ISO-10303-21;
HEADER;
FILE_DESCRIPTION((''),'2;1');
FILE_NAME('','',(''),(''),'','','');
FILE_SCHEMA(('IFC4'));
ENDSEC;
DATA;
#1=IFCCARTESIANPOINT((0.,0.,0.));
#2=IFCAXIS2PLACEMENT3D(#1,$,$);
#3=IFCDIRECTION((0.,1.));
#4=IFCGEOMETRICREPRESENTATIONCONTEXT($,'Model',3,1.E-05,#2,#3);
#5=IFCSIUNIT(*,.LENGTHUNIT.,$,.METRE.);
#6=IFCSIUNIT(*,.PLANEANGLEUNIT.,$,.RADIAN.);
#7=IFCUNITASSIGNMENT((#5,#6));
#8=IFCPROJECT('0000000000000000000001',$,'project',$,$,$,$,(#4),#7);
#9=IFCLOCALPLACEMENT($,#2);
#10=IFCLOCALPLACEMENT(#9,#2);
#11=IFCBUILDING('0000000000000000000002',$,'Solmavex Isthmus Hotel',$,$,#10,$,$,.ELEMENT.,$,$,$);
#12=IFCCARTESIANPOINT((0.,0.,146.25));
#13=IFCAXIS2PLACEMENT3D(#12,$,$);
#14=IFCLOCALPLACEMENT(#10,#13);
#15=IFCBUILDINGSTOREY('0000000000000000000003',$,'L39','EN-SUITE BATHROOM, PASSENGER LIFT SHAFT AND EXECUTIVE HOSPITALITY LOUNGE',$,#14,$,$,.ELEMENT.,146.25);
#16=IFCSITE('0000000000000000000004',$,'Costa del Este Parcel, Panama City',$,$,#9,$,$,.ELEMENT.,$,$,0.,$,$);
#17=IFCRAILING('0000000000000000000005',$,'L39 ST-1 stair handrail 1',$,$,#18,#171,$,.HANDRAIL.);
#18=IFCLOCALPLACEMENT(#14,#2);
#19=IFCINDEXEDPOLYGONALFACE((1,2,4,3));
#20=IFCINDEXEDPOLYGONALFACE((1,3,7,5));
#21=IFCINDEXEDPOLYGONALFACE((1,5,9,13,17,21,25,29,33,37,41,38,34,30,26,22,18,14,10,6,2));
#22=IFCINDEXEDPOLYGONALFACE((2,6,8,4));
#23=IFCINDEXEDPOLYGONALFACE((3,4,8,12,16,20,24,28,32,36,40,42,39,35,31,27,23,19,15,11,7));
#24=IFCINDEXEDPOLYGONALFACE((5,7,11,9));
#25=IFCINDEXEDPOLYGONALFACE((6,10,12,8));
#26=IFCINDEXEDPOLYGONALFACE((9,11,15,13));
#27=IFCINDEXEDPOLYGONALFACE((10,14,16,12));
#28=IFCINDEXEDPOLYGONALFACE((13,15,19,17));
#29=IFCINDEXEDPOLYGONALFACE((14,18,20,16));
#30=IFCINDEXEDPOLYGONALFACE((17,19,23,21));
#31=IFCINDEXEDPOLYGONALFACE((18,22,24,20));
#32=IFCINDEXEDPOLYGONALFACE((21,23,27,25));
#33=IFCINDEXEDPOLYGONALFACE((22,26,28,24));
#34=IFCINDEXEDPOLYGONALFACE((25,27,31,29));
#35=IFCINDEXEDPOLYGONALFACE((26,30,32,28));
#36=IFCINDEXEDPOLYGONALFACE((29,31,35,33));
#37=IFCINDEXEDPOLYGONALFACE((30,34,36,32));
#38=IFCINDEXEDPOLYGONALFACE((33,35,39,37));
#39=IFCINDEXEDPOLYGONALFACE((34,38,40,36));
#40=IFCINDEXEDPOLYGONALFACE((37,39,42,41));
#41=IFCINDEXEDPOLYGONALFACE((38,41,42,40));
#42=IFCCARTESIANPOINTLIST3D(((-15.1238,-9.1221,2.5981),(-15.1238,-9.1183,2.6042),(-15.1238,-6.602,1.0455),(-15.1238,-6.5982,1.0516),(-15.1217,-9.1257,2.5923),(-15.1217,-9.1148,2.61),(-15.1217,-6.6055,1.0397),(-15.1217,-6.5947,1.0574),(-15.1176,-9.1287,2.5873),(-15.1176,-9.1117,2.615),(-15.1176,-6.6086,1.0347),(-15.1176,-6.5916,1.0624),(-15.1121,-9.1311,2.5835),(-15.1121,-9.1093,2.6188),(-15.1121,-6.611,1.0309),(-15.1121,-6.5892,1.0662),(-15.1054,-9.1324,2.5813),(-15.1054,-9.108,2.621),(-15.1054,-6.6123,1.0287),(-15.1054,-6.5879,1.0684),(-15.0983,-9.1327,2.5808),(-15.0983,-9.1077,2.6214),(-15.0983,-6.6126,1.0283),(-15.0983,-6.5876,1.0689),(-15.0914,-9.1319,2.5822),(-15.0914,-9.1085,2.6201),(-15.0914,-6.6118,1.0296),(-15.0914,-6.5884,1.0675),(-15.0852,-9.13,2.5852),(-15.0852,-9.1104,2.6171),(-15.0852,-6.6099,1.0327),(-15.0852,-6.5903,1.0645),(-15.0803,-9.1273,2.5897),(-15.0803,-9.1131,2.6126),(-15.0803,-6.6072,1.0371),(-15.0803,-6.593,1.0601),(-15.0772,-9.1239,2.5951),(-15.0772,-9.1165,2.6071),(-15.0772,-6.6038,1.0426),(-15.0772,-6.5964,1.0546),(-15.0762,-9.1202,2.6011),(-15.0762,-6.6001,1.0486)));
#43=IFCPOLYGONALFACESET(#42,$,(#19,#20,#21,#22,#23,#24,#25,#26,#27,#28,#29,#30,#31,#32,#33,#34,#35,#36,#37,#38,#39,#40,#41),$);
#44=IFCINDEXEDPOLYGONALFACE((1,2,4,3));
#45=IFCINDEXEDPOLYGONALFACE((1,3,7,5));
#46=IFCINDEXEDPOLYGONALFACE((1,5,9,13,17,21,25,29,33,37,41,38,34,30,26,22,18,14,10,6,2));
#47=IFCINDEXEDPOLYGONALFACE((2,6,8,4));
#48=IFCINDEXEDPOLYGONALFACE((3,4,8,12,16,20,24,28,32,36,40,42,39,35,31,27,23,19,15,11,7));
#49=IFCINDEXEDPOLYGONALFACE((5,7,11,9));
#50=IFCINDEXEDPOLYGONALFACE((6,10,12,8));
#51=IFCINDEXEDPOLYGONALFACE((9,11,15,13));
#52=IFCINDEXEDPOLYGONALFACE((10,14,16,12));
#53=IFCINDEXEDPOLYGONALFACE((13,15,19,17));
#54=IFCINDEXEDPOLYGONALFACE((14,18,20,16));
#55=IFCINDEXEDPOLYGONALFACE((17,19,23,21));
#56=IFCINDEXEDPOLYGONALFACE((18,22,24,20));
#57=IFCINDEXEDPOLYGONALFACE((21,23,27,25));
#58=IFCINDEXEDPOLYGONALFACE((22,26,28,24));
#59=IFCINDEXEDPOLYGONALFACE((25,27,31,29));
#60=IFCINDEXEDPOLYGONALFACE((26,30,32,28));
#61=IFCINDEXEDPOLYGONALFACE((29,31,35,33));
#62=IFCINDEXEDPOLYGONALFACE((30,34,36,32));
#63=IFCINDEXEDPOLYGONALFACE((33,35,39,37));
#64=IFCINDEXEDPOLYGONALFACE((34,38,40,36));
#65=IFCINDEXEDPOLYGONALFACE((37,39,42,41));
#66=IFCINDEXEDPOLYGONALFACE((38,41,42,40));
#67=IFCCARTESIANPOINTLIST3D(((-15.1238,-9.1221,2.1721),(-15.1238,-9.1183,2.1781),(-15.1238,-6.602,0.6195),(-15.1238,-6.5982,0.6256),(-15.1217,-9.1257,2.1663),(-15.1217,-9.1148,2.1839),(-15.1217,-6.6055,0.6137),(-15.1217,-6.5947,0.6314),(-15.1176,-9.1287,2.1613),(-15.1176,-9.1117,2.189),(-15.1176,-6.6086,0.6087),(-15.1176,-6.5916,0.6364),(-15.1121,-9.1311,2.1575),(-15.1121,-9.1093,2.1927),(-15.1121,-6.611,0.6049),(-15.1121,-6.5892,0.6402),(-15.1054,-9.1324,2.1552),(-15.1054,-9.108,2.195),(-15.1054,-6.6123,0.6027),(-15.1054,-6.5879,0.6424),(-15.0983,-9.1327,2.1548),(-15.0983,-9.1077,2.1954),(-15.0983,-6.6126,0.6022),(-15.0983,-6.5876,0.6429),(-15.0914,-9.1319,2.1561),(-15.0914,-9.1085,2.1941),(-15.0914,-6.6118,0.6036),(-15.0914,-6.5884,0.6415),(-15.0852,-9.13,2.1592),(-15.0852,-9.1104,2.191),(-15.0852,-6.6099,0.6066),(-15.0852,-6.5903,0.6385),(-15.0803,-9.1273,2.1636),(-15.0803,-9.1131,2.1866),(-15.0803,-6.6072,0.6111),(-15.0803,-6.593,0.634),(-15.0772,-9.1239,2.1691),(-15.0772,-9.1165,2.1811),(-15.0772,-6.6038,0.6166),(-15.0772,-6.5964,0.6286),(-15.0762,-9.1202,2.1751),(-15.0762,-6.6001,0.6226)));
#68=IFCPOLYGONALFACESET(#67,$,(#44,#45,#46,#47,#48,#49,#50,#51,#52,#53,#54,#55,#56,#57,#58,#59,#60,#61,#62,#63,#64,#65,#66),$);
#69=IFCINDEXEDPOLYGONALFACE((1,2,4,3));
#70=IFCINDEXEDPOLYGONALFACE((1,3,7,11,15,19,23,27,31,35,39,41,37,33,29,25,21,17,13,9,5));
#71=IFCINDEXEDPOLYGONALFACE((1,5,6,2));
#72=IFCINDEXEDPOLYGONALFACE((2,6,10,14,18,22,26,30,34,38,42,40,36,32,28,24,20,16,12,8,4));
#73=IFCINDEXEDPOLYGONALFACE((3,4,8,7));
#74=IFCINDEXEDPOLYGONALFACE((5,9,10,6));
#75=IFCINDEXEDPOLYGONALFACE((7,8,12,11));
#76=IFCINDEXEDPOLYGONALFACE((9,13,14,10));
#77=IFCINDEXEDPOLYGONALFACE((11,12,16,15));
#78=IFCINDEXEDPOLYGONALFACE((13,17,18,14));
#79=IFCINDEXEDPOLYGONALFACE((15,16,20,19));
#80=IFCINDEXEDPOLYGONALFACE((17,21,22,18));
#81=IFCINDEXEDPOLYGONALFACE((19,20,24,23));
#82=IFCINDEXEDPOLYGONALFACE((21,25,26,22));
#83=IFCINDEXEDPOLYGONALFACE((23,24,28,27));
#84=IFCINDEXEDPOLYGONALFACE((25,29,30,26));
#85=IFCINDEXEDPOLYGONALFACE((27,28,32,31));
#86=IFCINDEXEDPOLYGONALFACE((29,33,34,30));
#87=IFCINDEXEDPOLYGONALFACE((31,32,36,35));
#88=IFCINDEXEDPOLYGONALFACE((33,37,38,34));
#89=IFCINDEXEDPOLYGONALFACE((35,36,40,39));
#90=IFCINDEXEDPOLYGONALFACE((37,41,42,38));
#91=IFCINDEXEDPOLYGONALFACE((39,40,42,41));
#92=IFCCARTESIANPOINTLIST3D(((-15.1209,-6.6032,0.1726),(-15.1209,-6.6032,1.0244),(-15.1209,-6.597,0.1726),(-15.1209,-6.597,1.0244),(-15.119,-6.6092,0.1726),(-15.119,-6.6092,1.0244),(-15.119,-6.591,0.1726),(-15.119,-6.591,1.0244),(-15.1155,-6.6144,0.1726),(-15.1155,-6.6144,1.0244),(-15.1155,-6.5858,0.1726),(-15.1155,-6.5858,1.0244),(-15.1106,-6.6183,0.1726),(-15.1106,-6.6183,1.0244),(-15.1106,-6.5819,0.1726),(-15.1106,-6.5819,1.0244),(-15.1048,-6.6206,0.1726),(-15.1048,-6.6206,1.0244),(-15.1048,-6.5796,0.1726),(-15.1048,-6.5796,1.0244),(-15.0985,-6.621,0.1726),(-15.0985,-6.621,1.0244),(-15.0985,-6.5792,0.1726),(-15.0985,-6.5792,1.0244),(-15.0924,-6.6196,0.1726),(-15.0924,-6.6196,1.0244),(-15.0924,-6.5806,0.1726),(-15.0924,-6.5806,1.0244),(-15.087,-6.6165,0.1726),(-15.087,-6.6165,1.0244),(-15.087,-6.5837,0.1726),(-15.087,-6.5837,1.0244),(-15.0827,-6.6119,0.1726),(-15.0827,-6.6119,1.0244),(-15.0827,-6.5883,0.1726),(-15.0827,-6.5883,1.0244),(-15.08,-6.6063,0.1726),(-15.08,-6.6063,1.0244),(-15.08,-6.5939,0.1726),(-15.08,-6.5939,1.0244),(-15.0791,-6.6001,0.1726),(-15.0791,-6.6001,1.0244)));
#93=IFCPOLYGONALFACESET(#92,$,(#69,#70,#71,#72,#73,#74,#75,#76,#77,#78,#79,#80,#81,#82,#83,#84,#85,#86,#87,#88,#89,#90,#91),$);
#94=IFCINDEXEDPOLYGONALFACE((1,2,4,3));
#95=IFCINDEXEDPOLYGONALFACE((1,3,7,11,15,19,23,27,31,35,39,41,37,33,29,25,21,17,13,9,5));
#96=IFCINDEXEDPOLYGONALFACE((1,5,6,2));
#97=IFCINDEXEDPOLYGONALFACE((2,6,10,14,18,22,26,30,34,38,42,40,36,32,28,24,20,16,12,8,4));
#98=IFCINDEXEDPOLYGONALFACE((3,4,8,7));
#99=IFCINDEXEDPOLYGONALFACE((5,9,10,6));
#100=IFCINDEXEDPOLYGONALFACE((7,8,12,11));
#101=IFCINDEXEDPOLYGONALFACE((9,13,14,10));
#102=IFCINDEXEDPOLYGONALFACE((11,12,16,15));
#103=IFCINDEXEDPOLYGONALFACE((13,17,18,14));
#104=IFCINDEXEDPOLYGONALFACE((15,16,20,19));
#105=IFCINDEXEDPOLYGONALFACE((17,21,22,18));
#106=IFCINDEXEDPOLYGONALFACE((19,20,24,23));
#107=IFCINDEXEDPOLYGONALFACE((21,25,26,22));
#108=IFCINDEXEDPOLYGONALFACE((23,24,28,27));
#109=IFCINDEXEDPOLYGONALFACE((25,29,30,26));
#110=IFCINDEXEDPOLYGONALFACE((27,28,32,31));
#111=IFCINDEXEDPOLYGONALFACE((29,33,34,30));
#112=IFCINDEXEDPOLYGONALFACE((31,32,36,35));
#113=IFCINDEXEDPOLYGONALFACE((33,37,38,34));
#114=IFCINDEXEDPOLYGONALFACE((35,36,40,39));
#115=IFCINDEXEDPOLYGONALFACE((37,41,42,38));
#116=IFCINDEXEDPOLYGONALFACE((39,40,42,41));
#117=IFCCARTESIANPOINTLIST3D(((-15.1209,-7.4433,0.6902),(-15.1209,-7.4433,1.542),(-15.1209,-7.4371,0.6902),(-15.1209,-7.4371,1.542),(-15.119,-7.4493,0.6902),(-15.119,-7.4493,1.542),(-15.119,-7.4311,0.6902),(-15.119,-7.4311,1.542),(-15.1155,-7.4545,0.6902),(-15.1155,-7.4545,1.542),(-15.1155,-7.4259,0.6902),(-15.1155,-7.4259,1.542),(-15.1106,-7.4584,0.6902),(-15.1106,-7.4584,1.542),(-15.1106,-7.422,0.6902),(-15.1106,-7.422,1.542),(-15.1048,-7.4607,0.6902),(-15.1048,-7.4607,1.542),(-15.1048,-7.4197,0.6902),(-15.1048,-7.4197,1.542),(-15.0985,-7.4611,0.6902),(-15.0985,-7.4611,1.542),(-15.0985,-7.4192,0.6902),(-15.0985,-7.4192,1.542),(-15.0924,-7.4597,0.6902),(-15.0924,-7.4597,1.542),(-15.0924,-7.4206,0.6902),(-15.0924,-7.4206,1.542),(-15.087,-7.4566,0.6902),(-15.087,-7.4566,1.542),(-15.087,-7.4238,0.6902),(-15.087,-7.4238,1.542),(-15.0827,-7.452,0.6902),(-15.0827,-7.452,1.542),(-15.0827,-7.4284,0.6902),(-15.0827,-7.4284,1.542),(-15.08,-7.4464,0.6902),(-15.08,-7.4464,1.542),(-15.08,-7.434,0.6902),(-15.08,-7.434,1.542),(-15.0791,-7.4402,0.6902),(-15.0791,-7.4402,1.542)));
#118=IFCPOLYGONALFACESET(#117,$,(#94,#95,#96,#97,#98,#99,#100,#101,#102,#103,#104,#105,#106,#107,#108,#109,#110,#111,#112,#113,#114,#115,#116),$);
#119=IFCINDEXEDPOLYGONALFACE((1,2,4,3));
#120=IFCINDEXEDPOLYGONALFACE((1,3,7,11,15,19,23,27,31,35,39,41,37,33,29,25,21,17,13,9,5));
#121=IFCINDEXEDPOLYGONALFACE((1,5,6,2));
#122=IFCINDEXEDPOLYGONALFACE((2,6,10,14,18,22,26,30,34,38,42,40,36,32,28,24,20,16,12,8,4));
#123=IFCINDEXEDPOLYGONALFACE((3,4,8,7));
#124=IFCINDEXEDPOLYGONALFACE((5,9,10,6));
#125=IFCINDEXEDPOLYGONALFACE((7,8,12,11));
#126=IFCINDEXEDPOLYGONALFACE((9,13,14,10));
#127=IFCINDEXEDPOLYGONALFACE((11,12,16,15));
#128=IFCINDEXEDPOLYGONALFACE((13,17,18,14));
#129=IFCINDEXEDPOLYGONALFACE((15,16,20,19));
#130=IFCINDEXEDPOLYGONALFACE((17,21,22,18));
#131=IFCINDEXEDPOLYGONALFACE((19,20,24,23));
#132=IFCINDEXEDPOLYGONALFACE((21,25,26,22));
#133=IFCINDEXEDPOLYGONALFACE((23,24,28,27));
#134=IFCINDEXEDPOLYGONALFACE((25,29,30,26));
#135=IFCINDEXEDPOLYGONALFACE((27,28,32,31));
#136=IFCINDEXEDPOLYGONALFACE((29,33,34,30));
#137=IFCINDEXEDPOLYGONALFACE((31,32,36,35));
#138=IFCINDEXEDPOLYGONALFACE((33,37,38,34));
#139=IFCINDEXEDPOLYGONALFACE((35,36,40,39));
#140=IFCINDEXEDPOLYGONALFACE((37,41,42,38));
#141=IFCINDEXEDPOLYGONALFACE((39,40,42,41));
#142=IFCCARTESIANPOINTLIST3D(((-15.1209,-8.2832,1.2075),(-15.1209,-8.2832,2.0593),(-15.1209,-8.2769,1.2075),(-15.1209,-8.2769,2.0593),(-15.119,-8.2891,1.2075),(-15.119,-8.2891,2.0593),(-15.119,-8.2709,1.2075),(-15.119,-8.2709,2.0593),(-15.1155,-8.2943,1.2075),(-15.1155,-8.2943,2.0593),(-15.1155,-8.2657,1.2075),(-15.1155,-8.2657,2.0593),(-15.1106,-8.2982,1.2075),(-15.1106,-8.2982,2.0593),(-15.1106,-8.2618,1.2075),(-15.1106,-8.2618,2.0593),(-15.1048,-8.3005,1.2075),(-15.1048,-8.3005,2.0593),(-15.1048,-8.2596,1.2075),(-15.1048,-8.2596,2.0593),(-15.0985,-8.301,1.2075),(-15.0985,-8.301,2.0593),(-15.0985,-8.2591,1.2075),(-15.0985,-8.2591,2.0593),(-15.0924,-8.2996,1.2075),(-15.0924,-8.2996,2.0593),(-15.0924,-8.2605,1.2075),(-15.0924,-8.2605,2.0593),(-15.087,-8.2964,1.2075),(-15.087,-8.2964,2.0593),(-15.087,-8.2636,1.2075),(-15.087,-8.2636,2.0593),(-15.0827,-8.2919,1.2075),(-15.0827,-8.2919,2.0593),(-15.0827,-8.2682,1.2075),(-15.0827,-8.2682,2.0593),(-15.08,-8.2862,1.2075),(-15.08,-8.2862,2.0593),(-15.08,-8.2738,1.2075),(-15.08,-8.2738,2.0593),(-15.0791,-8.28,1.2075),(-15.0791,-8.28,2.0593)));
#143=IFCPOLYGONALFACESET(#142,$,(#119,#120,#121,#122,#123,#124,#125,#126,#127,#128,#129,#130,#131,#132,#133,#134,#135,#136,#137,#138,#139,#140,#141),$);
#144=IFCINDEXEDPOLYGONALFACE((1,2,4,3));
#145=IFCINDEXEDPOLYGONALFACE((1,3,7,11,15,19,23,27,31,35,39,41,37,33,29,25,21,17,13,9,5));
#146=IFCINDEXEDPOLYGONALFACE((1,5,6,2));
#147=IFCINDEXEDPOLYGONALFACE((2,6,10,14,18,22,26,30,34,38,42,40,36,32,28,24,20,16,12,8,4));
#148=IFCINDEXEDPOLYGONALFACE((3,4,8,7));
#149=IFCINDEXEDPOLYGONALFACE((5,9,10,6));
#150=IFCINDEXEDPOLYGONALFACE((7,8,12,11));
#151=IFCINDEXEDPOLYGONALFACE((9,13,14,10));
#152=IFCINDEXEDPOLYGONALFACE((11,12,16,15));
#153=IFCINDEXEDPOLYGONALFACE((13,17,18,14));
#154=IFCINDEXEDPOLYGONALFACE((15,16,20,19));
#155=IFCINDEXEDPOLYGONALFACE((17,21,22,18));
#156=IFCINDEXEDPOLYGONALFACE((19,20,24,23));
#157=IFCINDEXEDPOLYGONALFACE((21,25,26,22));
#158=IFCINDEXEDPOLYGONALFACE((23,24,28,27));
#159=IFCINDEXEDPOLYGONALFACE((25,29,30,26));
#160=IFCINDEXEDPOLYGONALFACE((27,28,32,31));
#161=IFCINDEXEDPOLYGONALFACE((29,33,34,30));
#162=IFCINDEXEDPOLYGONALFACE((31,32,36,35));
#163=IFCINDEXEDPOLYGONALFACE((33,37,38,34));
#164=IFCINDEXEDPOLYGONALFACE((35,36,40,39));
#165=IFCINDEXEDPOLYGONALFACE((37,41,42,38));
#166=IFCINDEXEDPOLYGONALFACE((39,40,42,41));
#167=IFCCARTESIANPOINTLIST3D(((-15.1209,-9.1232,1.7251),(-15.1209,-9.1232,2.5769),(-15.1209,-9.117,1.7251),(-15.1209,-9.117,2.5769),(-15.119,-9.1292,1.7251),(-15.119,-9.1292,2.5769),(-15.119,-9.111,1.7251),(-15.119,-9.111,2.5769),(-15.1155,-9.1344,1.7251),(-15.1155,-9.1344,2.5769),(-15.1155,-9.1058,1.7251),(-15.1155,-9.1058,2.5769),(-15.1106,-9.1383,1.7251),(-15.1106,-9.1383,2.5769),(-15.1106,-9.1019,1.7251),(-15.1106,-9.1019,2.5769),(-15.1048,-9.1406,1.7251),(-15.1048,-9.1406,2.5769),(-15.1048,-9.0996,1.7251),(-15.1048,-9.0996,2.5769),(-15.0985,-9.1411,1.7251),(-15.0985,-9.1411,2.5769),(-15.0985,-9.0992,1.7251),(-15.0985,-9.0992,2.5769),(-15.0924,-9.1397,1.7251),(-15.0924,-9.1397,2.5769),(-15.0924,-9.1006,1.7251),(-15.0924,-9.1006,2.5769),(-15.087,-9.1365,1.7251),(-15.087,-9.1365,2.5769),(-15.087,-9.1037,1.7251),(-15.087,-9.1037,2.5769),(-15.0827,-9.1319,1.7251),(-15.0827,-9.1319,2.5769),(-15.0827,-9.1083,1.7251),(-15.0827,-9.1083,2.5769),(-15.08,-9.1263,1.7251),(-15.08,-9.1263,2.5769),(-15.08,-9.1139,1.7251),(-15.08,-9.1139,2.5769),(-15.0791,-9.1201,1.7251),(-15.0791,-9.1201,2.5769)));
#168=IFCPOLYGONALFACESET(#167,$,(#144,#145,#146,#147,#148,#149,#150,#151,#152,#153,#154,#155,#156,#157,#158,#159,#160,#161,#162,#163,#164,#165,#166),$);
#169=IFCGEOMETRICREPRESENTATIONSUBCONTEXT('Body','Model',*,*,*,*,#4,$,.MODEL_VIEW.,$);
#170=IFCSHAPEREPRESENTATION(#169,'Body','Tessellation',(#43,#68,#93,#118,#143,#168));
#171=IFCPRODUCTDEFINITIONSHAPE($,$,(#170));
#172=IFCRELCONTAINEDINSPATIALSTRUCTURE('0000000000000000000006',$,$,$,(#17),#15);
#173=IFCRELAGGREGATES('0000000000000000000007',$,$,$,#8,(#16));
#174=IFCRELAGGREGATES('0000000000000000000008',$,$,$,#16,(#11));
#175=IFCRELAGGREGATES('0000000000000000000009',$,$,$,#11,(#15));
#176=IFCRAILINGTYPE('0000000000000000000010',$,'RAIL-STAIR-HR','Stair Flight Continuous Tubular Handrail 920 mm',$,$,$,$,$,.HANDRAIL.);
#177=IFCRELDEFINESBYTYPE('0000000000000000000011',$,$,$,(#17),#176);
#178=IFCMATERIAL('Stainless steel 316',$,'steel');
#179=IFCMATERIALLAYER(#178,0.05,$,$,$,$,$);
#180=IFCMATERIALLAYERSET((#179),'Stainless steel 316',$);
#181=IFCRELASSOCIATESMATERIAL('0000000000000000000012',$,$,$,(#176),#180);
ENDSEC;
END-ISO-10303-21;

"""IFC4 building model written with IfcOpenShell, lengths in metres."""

from ifc_helpers import new_model, si_unit, direction, frame, origin, origin_2d, place, context, subcontext, project, spatial, circle, extrude, material, layer, layer_set, type_object, element, save


model = new_model("IFC4")

# Units and contexts
model_context = context("Model", 3, precision=1e-05, world=origin(), true_north=direction((0.0, 1.0)))
body_context = subcontext(model_context, "Body", "Model", "MODEL_VIEW")
ifc_project = project(units=[si_unit("LENGTHUNIT", "METRE"), si_unit("PLANEANGLEUNIT", "RADIAN")], contexts=[model_context])

# Site, building, storey
site_placement = place(None, origin())
site = spatial("IfcSite", under=ifc_project, at=site_placement, Name="Costa del Este Parcel, Panama City", CompositionType="ELEMENT", RefElevation=0.0)
building_placement = place(site_placement, origin())
building = spatial("IfcBuilding", under=site, at=building_placement, Name="Solmavex Isthmus Hotel", CompositionType="ELEMENT")
storey_placement = place(building_placement, frame((0.0, 0.0, 146.25)))
storey = spatial("IfcBuildingStorey", under=building, at=storey_placement, Name="L39", Description="EN-SUITE BATHROOM, PASSENGER LIFT SHAFT AND EXECUTIVE HOSPITALITY LOUNGE", CompositionType="ELEMENT", Elevation=146.25)

# Railing
ifc_material_1 = material(Name="Stainless steel 316", Category="steel")
ifc_layer_1 = layer(ifc_material_1, 0.05)
ifc_layer_set_1 = layer_set([ifc_layer_1], Name="Stainless steel 316")
railing_type_1 = type_object("IfcRailingType", Name="RAIL-STAIR-HR", Description="Stair Flight Continuous Tubular Handrail 920 mm", PredefinedType="HANDRAIL", material=ifc_layer_set_1)
railing_1_placement = place(storey_placement, frame((-15.1001, -6.6001, 0.1726)))
element("IfcRailing", 1, at=railing_1_placement, inside=storey, type_object=railing_type_1, Name="L39 ST-1 stair handrail 1", PredefinedType="HANDRAIL", context=body_context, shape_type="SweptSolid", body=[
    extrude(circle(Radius=0.0239, at=origin_2d()), frame((0.0, 0.0, 0.876), z_axis=(0.0, -0.8514, 0.524516), x_axis=(1.0, 0.0, 0.0)), (0.0, 0.0, 1.0), 2.96),
    extrude(circle(Radius=0.0239, at=origin_2d()), frame((0.0, 0.0, 0.45), z_axis=(0.0, -0.8514, 0.524516), x_axis=(1.0, 0.0, 0.0)), (0.0, 0.0, 1.0), 2.96),
    extrude(circle(Radius=0.021, at=origin_2d()), origin(), (0.0, 0.0, 1.0), 0.8518),
    extrude(circle(Radius=0.021, at=origin_2d()), frame((0.0, -0.8401, 0.5176)), (0.0, 0.0, 1.0), 0.8518),
    extrude(circle(Radius=0.021, at=origin_2d()), frame((0.0, -1.6799, 1.0349)), (0.0, 0.0, 1.0), 0.8518),
    extrude(circle(Radius=0.021, at=origin_2d()), frame((0.0, -2.52, 1.5525)), (0.0, 0.0, 1.0), 0.8518),
])

save(model, "model.ifc")
